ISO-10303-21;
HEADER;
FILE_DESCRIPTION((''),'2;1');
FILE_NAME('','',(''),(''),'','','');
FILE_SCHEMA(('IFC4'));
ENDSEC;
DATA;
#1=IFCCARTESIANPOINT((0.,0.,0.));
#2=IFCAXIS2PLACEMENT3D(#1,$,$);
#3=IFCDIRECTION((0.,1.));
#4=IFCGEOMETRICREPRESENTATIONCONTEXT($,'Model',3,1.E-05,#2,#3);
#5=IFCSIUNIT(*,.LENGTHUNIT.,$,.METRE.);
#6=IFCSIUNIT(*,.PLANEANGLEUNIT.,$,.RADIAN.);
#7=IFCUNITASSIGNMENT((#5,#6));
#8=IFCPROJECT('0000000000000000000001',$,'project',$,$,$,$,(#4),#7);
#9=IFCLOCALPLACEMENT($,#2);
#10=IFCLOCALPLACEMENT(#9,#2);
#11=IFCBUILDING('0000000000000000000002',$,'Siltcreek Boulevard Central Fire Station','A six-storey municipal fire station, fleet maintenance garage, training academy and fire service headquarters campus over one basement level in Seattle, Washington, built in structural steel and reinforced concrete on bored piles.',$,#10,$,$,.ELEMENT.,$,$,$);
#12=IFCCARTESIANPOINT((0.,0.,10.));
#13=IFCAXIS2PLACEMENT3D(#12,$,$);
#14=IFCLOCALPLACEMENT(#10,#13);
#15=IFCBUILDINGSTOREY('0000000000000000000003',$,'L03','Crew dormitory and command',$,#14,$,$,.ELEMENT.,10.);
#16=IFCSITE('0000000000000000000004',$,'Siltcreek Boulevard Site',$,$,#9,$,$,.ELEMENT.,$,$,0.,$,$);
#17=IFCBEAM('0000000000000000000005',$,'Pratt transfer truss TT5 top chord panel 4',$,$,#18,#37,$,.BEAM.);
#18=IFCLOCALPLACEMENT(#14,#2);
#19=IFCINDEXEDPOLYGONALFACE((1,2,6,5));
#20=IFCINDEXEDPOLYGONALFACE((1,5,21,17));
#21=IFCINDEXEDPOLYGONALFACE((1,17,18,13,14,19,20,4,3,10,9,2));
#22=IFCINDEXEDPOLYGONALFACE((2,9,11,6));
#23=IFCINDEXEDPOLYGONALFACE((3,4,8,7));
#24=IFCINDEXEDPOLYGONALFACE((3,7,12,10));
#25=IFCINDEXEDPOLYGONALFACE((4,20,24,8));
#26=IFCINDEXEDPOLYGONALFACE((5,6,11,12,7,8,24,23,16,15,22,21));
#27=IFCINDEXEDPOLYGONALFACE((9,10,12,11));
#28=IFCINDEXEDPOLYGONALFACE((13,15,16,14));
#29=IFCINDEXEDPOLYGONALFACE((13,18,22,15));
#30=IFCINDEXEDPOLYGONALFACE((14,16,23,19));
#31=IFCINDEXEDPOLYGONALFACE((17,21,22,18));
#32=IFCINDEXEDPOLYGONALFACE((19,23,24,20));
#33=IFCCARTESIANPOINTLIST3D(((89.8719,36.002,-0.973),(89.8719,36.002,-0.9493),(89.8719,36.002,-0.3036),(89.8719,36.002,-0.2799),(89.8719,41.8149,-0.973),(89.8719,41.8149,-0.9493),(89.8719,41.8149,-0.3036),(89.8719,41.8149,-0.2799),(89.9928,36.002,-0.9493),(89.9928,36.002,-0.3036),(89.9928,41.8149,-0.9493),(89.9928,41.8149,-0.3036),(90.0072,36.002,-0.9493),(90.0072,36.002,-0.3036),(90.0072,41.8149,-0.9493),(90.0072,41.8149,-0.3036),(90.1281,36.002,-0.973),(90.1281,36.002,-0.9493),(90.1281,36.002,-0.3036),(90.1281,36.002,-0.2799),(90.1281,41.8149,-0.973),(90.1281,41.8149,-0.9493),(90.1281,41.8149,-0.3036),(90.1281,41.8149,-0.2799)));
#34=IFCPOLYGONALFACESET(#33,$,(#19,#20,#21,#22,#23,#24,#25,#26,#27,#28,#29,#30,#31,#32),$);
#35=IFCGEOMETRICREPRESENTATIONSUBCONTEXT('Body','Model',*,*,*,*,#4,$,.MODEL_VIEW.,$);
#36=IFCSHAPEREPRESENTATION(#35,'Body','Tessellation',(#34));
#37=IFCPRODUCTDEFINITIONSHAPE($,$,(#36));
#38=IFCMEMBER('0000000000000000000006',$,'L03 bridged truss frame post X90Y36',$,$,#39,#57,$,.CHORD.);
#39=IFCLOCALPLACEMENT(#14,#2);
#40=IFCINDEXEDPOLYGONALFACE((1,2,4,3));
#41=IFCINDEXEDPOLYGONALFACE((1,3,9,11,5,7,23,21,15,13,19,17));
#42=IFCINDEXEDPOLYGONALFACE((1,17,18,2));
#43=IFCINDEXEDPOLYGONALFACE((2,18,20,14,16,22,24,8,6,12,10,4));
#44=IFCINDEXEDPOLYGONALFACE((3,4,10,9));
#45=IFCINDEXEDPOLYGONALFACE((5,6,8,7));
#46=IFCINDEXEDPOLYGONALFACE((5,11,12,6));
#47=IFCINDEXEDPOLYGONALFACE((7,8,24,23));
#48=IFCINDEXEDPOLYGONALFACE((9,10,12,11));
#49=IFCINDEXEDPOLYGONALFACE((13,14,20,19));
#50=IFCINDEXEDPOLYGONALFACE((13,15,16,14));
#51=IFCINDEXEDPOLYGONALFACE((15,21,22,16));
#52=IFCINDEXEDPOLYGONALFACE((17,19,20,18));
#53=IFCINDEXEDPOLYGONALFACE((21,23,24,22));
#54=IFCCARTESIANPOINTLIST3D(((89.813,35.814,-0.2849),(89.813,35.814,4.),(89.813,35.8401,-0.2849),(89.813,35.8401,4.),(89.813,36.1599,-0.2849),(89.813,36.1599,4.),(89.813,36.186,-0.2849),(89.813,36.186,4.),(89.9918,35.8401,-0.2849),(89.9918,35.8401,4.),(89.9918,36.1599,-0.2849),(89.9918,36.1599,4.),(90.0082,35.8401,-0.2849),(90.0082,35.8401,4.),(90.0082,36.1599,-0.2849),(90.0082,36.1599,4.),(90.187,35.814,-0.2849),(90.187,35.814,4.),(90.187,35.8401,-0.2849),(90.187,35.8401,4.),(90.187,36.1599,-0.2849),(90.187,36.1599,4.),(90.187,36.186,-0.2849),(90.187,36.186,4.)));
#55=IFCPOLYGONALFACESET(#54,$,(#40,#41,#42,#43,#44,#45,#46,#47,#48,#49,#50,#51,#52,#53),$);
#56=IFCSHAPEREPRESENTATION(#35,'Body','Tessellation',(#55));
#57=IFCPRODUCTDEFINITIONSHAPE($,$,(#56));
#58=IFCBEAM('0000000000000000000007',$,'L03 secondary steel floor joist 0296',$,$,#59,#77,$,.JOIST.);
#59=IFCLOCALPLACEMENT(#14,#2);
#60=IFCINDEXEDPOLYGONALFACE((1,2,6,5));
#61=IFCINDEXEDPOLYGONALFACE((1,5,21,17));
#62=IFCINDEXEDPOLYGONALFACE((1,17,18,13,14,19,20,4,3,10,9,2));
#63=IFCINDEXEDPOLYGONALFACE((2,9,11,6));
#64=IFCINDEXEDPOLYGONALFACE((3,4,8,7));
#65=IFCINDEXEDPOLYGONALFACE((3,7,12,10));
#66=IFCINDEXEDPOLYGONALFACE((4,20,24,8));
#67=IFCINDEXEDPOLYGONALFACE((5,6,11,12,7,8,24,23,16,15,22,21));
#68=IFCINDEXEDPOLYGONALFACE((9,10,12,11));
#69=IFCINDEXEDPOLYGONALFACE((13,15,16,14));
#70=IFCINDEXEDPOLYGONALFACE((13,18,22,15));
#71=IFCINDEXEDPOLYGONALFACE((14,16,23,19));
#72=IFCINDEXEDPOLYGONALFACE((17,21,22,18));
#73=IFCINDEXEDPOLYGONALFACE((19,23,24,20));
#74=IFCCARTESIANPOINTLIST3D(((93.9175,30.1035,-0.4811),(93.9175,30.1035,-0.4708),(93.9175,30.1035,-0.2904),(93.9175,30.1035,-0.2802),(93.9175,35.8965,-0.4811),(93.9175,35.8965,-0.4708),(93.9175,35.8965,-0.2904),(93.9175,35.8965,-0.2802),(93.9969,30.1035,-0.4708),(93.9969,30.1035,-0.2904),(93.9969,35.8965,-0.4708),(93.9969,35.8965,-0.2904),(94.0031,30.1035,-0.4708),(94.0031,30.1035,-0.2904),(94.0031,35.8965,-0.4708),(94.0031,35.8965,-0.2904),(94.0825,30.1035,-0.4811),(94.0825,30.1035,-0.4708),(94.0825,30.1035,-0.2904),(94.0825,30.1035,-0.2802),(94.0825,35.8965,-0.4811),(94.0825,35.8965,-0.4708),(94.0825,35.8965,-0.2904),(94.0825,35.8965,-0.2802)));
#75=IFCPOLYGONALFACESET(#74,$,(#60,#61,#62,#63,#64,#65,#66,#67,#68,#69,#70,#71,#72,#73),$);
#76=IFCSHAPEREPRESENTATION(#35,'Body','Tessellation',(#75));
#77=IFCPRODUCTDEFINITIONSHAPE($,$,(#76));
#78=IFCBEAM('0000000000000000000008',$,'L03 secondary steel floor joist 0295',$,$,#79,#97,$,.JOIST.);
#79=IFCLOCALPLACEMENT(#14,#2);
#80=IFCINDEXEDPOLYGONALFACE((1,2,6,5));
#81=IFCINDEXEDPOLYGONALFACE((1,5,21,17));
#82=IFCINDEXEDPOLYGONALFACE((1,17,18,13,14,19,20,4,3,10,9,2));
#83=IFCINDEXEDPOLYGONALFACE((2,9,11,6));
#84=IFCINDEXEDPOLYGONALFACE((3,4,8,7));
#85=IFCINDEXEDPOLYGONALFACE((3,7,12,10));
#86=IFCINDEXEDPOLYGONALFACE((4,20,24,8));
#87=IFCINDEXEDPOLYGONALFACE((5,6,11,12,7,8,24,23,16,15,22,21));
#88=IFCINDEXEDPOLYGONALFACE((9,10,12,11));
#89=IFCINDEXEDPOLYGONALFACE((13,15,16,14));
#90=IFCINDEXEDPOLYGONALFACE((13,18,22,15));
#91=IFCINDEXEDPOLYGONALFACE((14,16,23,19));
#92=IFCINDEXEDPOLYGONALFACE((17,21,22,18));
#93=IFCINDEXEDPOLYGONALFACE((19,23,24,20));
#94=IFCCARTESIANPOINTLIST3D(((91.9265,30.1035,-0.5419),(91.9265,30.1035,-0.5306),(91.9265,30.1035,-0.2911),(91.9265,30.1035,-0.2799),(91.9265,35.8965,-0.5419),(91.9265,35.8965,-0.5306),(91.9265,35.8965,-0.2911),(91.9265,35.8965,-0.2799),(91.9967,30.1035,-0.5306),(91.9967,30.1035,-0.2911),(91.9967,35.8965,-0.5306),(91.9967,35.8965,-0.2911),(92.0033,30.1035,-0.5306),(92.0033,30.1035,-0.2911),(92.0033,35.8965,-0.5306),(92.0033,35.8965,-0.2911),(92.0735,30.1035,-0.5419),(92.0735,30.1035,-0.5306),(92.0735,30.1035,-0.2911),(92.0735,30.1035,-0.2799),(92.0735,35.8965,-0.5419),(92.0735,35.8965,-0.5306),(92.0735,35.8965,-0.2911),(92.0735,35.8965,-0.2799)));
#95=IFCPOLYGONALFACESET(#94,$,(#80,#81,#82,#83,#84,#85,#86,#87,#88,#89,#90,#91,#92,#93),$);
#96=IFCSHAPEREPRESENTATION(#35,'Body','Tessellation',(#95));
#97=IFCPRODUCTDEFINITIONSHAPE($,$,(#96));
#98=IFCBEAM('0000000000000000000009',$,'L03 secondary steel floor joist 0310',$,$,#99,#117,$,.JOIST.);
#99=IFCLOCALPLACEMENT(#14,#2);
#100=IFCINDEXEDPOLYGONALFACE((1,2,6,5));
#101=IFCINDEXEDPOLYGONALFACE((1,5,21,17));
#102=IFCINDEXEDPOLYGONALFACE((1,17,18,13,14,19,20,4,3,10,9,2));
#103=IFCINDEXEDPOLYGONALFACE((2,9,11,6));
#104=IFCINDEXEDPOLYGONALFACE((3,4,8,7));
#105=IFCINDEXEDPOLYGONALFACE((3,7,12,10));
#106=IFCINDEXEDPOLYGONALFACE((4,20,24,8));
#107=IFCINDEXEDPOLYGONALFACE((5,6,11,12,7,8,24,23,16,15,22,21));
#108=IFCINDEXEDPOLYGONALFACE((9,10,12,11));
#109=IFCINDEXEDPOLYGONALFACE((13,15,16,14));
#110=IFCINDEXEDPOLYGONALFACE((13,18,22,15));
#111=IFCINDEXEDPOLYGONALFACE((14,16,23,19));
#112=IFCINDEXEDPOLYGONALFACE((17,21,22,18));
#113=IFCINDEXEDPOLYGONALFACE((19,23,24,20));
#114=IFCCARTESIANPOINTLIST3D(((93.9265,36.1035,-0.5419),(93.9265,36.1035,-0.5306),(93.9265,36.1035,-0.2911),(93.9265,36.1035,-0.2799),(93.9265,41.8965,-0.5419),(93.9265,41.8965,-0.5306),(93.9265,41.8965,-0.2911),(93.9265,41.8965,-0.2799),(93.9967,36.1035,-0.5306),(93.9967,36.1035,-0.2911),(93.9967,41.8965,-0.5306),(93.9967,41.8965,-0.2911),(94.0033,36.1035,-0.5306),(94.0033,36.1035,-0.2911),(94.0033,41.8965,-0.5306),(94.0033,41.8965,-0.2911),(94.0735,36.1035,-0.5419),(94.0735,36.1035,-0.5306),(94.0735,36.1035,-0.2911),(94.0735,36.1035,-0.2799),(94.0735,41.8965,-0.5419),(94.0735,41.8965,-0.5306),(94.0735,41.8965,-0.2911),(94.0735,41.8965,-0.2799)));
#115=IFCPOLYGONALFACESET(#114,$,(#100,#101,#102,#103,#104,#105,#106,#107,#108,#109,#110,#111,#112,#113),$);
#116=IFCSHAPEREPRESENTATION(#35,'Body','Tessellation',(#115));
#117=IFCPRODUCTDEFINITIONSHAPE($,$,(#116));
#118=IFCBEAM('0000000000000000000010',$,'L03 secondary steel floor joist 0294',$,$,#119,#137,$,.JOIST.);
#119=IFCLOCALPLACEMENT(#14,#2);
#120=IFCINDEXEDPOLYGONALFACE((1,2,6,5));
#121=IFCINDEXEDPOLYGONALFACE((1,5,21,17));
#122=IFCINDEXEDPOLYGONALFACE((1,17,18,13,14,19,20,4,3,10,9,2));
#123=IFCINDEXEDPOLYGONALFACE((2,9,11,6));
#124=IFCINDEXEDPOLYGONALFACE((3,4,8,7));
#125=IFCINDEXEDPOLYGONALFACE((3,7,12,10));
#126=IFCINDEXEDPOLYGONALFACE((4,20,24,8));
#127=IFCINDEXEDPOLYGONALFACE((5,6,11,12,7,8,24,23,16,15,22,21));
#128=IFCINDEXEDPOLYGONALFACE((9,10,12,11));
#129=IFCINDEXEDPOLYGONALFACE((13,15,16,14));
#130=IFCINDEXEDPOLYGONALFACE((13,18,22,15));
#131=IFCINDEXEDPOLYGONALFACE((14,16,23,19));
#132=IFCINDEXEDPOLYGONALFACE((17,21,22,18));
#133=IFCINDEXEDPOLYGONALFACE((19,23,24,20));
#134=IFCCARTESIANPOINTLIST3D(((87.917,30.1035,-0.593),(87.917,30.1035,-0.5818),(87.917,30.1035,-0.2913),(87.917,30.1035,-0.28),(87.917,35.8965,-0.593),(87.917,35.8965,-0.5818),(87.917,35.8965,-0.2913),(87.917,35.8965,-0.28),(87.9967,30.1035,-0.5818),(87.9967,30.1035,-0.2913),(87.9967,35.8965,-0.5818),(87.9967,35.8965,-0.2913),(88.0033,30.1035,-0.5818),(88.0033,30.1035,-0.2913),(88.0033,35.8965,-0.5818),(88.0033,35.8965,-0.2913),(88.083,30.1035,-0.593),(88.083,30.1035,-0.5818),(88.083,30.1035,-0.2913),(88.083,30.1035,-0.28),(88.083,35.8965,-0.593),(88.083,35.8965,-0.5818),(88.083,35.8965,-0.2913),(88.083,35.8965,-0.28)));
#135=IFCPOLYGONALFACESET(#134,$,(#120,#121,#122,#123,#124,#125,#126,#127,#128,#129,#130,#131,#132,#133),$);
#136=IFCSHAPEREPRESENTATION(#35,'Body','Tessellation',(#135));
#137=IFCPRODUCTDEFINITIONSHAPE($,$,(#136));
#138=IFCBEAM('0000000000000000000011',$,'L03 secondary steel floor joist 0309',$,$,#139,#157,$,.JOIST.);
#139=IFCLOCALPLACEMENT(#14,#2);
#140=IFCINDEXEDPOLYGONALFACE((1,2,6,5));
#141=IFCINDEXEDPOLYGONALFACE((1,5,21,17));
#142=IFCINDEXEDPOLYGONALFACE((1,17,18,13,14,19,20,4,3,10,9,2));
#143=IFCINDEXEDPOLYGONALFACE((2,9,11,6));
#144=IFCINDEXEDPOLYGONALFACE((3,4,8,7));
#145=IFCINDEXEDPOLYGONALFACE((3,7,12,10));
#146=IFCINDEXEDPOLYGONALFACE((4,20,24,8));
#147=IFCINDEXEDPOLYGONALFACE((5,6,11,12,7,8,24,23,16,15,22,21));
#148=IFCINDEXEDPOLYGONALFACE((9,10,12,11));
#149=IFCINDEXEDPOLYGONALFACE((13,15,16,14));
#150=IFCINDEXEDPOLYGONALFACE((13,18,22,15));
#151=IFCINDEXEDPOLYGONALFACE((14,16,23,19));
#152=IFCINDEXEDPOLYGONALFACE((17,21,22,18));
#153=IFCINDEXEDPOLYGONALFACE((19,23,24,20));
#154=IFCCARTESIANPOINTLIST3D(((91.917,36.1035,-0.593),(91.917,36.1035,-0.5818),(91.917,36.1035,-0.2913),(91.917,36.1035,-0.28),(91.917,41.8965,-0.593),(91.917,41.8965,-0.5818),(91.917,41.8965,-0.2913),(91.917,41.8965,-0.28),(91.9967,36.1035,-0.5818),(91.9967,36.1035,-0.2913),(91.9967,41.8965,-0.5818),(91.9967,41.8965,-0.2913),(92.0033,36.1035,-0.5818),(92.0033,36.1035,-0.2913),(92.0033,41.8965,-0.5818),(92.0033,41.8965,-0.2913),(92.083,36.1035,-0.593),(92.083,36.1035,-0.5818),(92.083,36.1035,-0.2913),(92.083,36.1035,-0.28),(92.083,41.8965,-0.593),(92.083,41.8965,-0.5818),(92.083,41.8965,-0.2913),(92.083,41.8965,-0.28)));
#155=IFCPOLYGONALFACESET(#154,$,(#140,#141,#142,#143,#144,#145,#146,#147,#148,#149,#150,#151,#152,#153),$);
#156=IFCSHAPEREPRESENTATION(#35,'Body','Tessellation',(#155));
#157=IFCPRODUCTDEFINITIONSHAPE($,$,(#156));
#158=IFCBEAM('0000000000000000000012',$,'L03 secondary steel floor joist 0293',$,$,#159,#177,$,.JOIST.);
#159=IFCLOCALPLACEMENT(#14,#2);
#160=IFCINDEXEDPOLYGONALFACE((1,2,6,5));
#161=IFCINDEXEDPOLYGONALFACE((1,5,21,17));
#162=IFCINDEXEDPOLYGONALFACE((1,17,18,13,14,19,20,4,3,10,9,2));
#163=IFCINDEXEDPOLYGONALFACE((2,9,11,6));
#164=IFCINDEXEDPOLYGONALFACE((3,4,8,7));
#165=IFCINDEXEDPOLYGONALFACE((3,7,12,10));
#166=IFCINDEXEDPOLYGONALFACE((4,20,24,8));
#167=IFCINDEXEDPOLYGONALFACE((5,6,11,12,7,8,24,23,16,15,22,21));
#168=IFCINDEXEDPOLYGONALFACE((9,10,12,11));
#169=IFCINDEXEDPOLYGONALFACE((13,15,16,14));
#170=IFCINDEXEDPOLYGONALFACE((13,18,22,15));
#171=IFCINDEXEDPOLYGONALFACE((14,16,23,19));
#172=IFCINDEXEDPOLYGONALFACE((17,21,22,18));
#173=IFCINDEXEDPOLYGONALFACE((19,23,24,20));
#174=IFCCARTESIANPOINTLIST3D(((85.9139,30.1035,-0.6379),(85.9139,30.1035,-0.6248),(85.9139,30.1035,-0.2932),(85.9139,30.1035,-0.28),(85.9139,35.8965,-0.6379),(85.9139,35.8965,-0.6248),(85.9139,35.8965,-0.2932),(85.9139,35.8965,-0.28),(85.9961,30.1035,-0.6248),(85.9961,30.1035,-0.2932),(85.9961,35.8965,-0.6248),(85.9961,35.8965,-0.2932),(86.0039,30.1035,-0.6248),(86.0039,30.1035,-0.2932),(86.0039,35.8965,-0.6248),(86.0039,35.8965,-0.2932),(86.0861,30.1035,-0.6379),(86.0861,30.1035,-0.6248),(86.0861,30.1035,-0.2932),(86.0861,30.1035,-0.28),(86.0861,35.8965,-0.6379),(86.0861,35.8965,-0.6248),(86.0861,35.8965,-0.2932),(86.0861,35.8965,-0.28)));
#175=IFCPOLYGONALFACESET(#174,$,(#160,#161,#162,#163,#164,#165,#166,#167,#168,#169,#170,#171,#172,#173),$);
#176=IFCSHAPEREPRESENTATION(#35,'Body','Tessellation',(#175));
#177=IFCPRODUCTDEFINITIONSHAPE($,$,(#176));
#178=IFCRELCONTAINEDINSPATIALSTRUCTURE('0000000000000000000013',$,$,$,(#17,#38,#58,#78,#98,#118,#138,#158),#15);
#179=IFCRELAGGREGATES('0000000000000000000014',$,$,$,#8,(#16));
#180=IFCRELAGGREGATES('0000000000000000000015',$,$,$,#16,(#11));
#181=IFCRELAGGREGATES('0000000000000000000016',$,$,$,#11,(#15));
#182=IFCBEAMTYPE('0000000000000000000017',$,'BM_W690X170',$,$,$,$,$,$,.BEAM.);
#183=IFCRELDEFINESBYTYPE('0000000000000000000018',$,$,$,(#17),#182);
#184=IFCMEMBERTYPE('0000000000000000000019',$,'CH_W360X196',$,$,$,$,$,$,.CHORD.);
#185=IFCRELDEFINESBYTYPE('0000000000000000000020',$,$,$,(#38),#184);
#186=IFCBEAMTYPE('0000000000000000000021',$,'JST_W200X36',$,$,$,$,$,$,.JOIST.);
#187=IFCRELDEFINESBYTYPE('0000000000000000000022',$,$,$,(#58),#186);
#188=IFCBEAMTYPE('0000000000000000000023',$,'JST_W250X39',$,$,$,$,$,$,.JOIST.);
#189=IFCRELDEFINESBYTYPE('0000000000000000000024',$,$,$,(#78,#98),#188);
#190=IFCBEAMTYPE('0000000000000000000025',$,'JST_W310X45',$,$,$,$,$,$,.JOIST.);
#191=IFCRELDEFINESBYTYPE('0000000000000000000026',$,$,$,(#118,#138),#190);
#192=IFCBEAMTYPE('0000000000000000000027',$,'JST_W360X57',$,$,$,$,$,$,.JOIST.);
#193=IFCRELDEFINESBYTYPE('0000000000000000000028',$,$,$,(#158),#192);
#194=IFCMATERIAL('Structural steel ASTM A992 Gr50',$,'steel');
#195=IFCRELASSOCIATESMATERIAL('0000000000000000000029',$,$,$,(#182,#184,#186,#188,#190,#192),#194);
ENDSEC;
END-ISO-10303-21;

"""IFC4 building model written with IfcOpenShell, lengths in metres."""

from ifc_helpers import new_model, si_unit, direction, frame, origin, origin_2d, place, context, subcontext, project, spatial, i_section, extrude, material, material_profile, profile_set, type_object, element, save


model = new_model("IFC4")

# Units and contexts
model_context = context("Model", 3, precision=1e-05, world=origin(), true_north=direction((0.0, 1.0)))
body_context = subcontext(model_context, "Body", "Model", "MODEL_VIEW")
ifc_project = project(units=[si_unit("LENGTHUNIT", "METRE"), si_unit("PLANEANGLEUNIT", "RADIAN")], contexts=[model_context])

# Site, building, storey
site_placement = place(None, origin())
site = spatial("IfcSite", under=ifc_project, at=site_placement, Name="Siltcreek Boulevard Site", CompositionType="ELEMENT", RefElevation=0.0)
building_placement = place(site_placement, origin())
building = spatial("IfcBuilding", under=site, at=building_placement, Name="Siltcreek Boulevard Central Fire Station", Description="A six-storey municipal fire station, fleet maintenance garage, training academy and fire service headquarters campus over one basement level in Seattle, Washington, built in structural steel and reinforced concrete on bored piles.", CompositionType="ELEMENT")
storey_placement = place(building_placement, frame((0.0, 0.0, 10.0)))
storey = spatial("IfcBuildingStorey", under=building, at=storey_placement, Name="L03", Description="Crew dormitory and command", CompositionType="ELEMENT", Elevation=10.0)

# Shared definitions
ifc_material_1 = material(Name="Structural steel ASTM A992 Gr50", Category="steel")

# Beam
ifc_material_profile_1 = material_profile(ifc_material_1, i_section(OverallWidth=0.2561, OverallDepth=0.6931, WebThickness=0.0144, FlangeThickness=0.0237, at=origin_2d()), Name="W690X170")
ifc_profile_set_1 = profile_set([ifc_material_profile_1], Name="Structural steel ASTM A992 Gr50")
beam_type_1 = type_object("IfcBeamType", Name="BM_W690X170", PredefinedType="BEAM", material=ifc_profile_set_1)
beam_1_placement = place(storey_placement, frame((90.0, 36.002, -0.6265), z_axis=(0.0, 1.0, 0.0), x_axis=(-1.0, 0.0, 0.0)))
element("IfcBeam", 1, at=beam_1_placement, inside=storey, type_object=beam_type_1, Name="Pratt transfer truss TT5 top chord panel 4", PredefinedType="BEAM", context=body_context, shape_type="SweptSolid", body=[
    extrude(i_section(OverallWidth=0.2561, OverallDepth=0.6931, WebThickness=0.0144, FlangeThickness=0.0237, at=origin_2d()), origin(), (0.0, 0.0, 1.0), 5.813),
])

# Member
ifc_material_profile_2 = material_profile(ifc_material_1, i_section(OverallWidth=0.374, OverallDepth=0.3721, WebThickness=0.0164, FlangeThickness=0.0261, at=origin_2d()), Name="W360X196")
ifc_profile_set_2 = profile_set([ifc_material_profile_2], Name="Structural steel ASTM A992 Gr50")
member_type = type_object("IfcMemberType", Name="CH_W360X196", PredefinedType="CHORD", material=ifc_profile_set_2)
member_placement = place(storey_placement, frame((90.0, 36.0, -0.2849), z_axis=(0.0, 0.0, 1.0), x_axis=(1.0, 0.0, 0.0)))
element("IfcMember", 2, at=member_placement, inside=storey, type_object=member_type, Name="L03 bridged truss frame post X90Y36", PredefinedType="CHORD", context=body_context, shape_type="SweptSolid", body=[
    extrude(i_section(OverallWidth=0.374, OverallDepth=0.3721, WebThickness=0.0164, FlangeThickness=0.0261, at=origin_2d()), origin(), (0.0, 0.0, 1.0), 4.2849),
])

# Beams
ifc_material_profile_3 = material_profile(ifc_material_1, i_section(OverallWidth=0.165, OverallDepth=0.2009, WebThickness=0.0061, FlangeThickness=0.0103, at=origin_2d()), Name="W200X36")
ifc_profile_set_3 = profile_set([ifc_material_profile_3], Name="Structural steel ASTM A992 Gr50")
beam_type_2 = type_object("IfcBeamType", Name="JST_W200X36", PredefinedType="JOIST", material=ifc_profile_set_3)
beam_2_placement = place(storey_placement, frame((94.0, 30.1035, -0.3806), z_axis=(0.0, 1.0, 0.0), x_axis=(-1.0, 0.0, 0.0)))
element("IfcBeam", 3, at=beam_2_placement, inside=storey, type_object=beam_type_2, Name="L03 secondary steel floor joist 0296", PredefinedType="JOIST", context=body_context, shape_type="SweptSolid", body=[
    extrude(i_section(OverallWidth=0.165, OverallDepth=0.2009, WebThickness=0.0061, FlangeThickness=0.0103, at=origin_2d()), origin(), (0.0, 0.0, 1.0), 5.793),
])
ifc_material_profile_4 = material_profile(ifc_material_1, i_section(OverallWidth=0.147, OverallDepth=0.262, WebThickness=0.0066, FlangeThickness=0.0112, at=origin_2d()), Name="W250X39")
ifc_profile_set_4 = profile_set([ifc_material_profile_4], Name="Structural steel ASTM A992 Gr50")
beam_type_3 = type_object("IfcBeamType", Name="JST_W250X39", PredefinedType="JOIST", material=ifc_profile_set_4)
for number, where, z_axis, x_axis, name in (
    (4, (92.0, 30.1035, -0.4109), (0.0, 1.0, 0.0), (-1.0, 0.0, 0.0), "L03 secondary steel floor joist 0295"),
    (5, (94.0, 36.1035, -0.4109), (0.0, 1.0, 0.0), (-1.0, 0.0, 0.0), "L03 secondary steel floor joist 0310"),
):
    element("IfcBeam", number, at=place(storey_placement, frame(where, z_axis=z_axis, x_axis=x_axis)), inside=storey, type_object=beam_type_3, Name=name, PredefinedType="JOIST", context=body_context, shape_type="SweptSolid", body=[
        extrude(i_section(OverallWidth=0.147, OverallDepth=0.262, WebThickness=0.0066, FlangeThickness=0.0112, at=origin_2d()), origin(), (0.0, 0.0, 1.0), 5.793),
    ])
ifc_material_profile_5 = material_profile(ifc_material_1, i_section(OverallWidth=0.166, OverallDepth=0.313, WebThickness=0.0066, FlangeThickness=0.0112, at=origin_2d()), Name="W310X45")
ifc_profile_set_5 = profile_set([ifc_material_profile_5], Name="Structural steel ASTM A992 Gr50")
beam_type_4 = type_object("IfcBeamType", Name="JST_W310X45", PredefinedType="JOIST", material=ifc_profile_set_5)
for number, where, z_axis, x_axis, name in (
    (6, (88.0, 30.1035, -0.4365), (0.0, 1.0, 0.0), (-1.0, 0.0, 0.0), "L03 secondary steel floor joist 0294"),
    (7, (92.0, 36.1035, -0.4365), (0.0, 1.0, 0.0), (-1.0, 0.0, 0.0), "L03 secondary steel floor joist 0309"),
):
    element("IfcBeam", number, at=place(storey_placement, frame(where, z_axis=z_axis, x_axis=x_axis)), inside=storey, type_object=beam_type_4, Name=name, PredefinedType="JOIST", context=body_context, shape_type="SweptSolid", body=[
        extrude(i_section(OverallWidth=0.166, OverallDepth=0.313, WebThickness=0.0066, FlangeThickness=0.0112, at=origin_2d()), origin(), (0.0, 0.0, 1.0), 5.793),
    ])
ifc_material_profile_6 = material_profile(ifc_material_1, i_section(OverallWidth=0.1721, OverallDepth=0.3579, WebThickness=0.0078, FlangeThickness=0.0132, at=origin_2d()), Name="W360X57")
ifc_profile_set_6 = profile_set([ifc_material_profile_6], Name="Structural steel ASTM A992 Gr50")
beam_type_5 = type_object("IfcBeamType", Name="JST_W360X57", PredefinedType="JOIST", material=ifc_profile_set_6)
for number, where, z_axis, x_axis, name in (
    (8, (86.0, 30.1035, -0.459), (0.0, 1.0, 0.0), (-1.0, 0.0, 0.0), "L03 secondary steel floor joist 0293"),
):
    element("IfcBeam", number, at=place(storey_placement, frame(where, z_axis=z_axis, x_axis=x_axis)), inside=storey, type_object=beam_type_5, Name=name, PredefinedType="JOIST", context=body_context, shape_type="SweptSolid", body=[
        extrude(i_section(OverallWidth=0.1721, OverallDepth=0.3579, WebThickness=0.0078, FlangeThickness=0.0132, at=origin_2d()), origin(), (0.0, 0.0, 1.0), 5.793),
    ])

save(model, "model.ifc")
